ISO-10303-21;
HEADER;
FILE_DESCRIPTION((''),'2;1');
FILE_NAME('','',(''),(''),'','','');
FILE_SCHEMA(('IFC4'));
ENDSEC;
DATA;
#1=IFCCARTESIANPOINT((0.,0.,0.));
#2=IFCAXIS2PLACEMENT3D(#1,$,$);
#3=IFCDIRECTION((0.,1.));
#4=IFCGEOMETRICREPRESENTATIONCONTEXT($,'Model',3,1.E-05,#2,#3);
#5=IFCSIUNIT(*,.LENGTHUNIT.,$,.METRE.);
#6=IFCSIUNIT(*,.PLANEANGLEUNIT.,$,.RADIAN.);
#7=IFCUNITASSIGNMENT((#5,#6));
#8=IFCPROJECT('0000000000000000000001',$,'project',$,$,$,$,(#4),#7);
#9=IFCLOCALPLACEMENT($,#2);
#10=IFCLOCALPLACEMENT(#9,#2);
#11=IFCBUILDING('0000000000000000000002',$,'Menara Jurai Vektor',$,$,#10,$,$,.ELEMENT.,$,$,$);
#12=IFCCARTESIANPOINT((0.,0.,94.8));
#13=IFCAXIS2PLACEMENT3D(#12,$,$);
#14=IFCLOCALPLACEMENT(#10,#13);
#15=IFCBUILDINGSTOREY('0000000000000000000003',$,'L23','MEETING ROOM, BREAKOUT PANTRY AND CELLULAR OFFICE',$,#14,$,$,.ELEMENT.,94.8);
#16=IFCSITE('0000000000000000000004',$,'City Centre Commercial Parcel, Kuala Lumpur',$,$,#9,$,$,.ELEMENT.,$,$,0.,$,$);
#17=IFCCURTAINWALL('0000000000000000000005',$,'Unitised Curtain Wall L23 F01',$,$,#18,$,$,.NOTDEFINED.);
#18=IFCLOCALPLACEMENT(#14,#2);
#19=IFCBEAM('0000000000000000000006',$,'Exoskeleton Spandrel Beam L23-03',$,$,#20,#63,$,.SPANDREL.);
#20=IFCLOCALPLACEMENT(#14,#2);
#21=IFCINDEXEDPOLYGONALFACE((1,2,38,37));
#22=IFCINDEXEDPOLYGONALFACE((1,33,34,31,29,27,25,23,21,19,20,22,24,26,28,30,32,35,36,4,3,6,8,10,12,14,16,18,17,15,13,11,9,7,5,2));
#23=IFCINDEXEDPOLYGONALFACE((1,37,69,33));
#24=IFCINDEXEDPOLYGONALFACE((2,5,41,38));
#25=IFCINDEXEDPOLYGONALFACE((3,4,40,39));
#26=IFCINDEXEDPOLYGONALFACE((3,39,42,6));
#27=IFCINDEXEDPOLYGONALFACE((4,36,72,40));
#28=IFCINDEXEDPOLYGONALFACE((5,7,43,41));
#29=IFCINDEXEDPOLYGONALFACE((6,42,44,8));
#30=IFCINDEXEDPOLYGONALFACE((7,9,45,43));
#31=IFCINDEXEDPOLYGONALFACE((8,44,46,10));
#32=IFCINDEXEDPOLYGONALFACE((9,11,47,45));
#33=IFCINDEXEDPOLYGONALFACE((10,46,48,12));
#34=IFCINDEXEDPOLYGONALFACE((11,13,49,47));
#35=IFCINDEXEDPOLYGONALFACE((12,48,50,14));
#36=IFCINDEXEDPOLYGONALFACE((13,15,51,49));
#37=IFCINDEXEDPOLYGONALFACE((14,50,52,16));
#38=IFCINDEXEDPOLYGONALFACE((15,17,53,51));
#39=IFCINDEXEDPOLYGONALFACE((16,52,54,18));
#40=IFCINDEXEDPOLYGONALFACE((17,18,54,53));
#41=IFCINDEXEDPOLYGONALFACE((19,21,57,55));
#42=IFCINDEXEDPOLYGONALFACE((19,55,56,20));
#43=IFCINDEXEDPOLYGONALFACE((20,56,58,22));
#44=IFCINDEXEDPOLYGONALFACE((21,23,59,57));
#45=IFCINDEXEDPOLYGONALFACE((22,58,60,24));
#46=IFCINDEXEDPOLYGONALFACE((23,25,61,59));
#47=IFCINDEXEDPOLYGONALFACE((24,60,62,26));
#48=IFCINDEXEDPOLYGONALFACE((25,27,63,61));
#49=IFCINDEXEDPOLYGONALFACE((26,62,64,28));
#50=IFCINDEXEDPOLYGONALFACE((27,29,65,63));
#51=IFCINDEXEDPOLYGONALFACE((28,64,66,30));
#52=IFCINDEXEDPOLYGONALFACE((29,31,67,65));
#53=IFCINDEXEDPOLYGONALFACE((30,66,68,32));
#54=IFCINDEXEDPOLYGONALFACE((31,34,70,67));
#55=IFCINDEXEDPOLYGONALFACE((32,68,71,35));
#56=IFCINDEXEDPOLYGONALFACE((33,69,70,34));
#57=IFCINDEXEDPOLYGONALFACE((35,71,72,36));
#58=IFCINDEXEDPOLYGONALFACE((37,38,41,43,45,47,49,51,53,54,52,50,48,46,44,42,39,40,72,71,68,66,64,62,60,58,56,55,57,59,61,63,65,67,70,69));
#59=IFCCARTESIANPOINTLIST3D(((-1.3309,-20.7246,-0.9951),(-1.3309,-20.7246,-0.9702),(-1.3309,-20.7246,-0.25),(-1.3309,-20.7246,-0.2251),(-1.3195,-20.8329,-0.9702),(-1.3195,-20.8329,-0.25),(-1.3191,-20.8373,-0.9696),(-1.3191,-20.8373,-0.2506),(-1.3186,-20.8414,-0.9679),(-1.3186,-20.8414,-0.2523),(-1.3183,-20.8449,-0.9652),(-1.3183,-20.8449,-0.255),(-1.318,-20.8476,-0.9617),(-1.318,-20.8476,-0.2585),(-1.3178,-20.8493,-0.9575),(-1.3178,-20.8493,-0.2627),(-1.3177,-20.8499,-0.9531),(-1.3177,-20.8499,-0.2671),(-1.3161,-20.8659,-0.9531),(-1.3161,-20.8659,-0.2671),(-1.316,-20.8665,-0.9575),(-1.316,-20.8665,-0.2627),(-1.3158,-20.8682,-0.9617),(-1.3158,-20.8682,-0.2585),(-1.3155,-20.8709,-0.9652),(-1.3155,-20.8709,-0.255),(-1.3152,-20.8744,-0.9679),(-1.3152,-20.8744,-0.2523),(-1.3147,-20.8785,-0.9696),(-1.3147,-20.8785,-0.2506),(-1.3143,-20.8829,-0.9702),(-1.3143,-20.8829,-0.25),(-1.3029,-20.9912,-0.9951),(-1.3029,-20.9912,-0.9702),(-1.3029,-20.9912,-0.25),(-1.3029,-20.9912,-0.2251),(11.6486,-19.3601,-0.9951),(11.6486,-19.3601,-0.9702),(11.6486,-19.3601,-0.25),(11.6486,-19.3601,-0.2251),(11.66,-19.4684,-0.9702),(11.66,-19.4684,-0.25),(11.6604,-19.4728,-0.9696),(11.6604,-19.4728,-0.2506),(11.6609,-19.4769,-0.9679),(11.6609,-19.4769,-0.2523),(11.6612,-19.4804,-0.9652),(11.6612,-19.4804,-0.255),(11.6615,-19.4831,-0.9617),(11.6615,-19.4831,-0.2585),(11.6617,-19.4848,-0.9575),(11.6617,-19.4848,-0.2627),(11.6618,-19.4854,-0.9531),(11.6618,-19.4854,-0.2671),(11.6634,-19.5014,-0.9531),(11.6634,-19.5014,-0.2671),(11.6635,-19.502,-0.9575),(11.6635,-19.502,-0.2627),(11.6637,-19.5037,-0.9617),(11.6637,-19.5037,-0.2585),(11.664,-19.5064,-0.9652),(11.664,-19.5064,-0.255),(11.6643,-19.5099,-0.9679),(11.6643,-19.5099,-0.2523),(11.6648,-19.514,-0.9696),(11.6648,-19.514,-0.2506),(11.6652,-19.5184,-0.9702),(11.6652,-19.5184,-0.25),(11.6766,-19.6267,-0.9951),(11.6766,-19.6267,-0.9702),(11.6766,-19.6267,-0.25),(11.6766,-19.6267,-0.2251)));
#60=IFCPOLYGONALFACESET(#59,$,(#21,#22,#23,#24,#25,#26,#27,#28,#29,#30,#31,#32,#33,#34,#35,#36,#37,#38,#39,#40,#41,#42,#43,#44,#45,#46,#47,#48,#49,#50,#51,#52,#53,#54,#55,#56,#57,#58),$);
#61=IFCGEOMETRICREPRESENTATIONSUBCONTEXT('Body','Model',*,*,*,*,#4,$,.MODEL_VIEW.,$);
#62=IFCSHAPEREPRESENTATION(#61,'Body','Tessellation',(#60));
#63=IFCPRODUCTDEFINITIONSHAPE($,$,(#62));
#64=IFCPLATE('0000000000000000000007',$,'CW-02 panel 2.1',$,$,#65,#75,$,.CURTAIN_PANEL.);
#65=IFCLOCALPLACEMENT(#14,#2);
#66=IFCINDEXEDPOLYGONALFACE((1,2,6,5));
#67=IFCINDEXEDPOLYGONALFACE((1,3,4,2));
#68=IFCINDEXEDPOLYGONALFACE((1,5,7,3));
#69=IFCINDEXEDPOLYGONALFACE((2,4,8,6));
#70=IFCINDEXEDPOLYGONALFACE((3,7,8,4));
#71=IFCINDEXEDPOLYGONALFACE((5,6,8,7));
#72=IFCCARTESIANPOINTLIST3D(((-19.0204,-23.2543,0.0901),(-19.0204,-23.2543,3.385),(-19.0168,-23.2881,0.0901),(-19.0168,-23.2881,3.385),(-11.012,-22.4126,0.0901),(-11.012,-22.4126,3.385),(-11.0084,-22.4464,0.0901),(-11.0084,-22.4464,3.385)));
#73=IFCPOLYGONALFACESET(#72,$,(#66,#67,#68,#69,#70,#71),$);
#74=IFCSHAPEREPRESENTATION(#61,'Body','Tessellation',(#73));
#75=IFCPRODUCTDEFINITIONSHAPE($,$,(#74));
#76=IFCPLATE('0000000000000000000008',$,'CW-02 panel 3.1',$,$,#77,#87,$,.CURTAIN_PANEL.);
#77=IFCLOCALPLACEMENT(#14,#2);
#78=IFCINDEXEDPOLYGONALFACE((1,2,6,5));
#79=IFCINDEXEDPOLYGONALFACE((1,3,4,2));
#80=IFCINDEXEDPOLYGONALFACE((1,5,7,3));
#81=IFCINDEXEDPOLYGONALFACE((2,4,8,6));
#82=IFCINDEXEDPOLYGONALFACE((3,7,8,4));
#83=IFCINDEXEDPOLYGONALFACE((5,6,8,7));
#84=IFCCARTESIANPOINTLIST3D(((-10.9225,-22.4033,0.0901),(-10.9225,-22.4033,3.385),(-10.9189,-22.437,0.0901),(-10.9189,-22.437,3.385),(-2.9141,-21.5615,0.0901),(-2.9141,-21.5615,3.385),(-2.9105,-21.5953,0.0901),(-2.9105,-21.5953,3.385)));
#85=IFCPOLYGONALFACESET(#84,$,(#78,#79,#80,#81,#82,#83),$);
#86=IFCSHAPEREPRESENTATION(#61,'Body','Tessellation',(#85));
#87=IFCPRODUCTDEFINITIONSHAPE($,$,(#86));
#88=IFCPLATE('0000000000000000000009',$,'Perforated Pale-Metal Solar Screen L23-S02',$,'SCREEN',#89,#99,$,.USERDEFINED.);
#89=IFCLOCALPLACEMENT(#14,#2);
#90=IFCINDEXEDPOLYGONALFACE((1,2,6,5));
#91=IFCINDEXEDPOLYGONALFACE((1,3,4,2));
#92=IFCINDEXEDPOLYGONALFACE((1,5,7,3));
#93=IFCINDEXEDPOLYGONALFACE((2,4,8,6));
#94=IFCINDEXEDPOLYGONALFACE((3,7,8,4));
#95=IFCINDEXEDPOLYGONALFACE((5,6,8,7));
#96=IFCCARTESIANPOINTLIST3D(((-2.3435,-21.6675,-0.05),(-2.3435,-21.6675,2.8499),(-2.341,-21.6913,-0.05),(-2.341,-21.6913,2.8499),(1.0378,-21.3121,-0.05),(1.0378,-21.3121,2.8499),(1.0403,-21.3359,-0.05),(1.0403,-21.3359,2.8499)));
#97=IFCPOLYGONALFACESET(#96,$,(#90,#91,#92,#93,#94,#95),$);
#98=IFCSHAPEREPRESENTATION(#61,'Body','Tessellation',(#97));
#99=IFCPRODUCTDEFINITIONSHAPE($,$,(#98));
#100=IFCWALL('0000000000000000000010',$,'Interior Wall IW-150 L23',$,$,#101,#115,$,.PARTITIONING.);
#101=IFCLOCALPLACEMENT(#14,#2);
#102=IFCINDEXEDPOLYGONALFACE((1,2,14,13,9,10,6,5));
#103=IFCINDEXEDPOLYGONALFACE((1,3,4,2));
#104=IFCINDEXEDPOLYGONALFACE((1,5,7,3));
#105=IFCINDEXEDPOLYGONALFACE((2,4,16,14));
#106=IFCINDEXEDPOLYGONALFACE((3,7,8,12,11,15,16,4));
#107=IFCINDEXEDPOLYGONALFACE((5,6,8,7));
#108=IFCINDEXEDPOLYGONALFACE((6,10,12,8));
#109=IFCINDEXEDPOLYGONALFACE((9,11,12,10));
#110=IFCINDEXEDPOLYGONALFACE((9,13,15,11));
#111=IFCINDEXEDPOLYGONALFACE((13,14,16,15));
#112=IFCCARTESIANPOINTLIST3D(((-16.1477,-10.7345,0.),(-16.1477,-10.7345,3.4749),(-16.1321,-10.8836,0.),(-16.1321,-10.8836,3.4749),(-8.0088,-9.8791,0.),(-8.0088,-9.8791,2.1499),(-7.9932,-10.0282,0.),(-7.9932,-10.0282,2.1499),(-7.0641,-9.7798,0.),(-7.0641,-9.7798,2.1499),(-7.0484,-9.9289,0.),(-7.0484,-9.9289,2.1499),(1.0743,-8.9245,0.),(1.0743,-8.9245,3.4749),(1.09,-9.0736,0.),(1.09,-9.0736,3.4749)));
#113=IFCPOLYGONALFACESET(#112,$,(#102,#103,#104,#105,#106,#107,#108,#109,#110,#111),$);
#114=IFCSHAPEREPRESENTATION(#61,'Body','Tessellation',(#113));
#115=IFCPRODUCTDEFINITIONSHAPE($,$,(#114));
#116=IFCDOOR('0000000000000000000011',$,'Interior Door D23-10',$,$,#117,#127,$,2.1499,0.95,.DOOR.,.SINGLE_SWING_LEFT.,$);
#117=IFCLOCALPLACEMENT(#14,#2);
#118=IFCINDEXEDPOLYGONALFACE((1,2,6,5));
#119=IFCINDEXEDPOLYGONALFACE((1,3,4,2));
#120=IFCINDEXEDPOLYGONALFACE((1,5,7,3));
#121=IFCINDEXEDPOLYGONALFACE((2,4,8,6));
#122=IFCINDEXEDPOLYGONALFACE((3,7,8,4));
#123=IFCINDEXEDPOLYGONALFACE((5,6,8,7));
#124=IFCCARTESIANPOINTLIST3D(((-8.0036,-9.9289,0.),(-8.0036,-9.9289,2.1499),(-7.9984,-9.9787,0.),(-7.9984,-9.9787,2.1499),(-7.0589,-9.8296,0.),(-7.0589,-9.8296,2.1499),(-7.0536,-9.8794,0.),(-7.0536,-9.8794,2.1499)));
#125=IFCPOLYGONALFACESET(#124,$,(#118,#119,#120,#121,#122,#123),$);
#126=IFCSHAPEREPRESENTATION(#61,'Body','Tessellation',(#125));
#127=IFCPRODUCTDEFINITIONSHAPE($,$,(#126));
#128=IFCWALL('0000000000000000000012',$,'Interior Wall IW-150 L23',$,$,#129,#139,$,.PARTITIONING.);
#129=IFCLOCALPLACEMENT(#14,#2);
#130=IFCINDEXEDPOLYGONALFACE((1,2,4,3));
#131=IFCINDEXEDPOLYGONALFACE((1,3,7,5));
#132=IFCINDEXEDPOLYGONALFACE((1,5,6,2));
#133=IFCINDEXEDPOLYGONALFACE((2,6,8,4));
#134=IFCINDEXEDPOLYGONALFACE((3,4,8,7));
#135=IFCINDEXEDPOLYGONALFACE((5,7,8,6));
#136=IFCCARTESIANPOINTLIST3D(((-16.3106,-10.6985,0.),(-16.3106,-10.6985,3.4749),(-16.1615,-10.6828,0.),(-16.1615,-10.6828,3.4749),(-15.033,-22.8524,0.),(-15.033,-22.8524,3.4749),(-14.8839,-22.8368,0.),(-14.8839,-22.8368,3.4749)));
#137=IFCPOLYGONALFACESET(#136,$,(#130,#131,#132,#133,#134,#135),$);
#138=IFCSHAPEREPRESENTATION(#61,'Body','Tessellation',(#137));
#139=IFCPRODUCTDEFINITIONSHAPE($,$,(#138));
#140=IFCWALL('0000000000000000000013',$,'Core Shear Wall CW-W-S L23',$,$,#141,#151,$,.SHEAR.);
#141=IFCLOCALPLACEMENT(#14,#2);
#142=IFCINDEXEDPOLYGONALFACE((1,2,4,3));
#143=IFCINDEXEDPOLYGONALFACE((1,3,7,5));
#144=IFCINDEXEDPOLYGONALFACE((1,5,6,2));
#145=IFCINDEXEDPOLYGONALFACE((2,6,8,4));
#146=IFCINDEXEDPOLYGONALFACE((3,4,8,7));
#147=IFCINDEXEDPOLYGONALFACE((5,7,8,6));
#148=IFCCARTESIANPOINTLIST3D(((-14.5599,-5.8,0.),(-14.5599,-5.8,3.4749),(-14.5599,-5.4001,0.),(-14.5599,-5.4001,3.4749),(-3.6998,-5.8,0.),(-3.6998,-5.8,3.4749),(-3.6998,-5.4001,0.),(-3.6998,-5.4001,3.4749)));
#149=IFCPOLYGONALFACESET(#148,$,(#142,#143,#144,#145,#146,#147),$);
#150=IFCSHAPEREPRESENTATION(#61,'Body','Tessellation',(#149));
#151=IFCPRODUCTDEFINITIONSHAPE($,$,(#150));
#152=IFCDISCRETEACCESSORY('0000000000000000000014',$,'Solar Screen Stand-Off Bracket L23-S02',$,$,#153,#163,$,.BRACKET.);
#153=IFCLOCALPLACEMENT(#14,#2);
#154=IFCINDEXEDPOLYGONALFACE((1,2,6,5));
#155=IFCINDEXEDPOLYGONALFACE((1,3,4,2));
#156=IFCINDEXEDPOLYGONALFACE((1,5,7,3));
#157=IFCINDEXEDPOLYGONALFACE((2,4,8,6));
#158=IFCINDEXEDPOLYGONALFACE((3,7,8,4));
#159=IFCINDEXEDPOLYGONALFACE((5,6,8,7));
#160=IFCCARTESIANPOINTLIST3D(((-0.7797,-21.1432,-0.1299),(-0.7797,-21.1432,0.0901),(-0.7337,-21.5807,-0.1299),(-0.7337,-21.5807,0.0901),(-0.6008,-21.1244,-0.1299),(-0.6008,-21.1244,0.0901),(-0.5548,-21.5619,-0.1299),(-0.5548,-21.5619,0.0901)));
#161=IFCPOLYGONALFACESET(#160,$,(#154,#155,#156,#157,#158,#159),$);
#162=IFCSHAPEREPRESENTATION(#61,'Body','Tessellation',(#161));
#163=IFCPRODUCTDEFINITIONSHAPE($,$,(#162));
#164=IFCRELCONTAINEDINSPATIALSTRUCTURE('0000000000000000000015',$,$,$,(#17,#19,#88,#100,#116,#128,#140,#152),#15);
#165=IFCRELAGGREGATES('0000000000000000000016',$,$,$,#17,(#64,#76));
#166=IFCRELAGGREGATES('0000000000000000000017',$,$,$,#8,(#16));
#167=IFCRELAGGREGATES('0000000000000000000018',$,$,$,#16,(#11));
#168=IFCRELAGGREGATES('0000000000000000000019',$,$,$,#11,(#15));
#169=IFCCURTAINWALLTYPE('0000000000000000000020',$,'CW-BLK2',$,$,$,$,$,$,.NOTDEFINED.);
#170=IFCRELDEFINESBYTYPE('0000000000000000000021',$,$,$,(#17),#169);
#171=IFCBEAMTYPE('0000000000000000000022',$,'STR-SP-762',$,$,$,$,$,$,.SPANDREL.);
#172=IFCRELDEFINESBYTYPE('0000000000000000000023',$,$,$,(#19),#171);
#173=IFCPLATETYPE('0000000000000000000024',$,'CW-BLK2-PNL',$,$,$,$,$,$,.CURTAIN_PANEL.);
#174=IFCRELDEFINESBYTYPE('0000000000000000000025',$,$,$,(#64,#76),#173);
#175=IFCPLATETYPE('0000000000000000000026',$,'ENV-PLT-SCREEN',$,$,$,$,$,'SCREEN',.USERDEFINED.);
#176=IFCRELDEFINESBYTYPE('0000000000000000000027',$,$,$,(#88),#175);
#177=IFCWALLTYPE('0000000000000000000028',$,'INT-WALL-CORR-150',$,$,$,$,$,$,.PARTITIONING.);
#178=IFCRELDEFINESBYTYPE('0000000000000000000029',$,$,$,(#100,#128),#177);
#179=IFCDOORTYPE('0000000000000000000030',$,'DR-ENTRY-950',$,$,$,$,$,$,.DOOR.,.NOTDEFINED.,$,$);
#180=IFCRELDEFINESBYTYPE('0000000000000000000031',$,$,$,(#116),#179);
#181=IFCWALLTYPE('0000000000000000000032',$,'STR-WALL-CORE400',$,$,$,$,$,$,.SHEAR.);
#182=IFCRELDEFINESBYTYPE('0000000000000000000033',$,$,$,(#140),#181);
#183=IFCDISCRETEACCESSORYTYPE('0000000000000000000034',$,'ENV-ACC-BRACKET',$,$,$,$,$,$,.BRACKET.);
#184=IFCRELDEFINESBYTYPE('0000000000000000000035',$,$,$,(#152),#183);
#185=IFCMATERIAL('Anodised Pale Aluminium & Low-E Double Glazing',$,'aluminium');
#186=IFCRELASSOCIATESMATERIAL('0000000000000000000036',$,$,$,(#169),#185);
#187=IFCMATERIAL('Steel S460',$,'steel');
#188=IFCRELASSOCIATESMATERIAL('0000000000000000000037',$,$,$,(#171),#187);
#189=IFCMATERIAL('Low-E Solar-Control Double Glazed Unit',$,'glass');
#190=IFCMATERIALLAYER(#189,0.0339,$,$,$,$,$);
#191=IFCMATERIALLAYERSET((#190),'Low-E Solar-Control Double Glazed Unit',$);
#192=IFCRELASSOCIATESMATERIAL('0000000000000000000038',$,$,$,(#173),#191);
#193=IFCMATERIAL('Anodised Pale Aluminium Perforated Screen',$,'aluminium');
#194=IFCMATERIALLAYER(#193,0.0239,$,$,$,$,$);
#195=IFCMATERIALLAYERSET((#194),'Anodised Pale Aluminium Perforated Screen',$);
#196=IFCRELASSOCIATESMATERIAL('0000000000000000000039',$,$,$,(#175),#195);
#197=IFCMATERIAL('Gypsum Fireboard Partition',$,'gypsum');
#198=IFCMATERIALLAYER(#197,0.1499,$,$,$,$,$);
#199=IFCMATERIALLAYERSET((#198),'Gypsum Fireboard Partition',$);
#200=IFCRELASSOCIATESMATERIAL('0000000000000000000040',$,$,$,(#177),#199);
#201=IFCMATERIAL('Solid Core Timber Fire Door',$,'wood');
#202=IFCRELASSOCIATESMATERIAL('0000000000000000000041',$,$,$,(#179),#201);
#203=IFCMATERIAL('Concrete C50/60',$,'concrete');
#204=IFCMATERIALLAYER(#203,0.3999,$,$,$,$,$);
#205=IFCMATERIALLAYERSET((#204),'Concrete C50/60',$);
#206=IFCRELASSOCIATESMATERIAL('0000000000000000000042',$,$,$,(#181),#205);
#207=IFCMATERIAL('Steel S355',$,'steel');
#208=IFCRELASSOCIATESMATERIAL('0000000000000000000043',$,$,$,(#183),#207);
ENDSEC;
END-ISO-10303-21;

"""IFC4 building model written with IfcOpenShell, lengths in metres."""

from ifc_helpers import new_model, si_unit, direction, frame, frame_2d, origin, origin_2d, place, context, subcontext, project, spatial, rectangle, i_section, extrude, material, layer, layer_set, material_profile, profile_set, type_object, element, fill, aggregate, save


model = new_model("IFC4")

# Units and contexts
model_context = context("Model", 3, precision=1e-05, world=origin(), true_north=direction((0.0, 1.0)))
body_context = subcontext(model_context, "Body", "Model", "MODEL_VIEW")
ifc_project = project(units=[si_unit("LENGTHUNIT", "METRE"), si_unit("PLANEANGLEUNIT", "RADIAN")], contexts=[model_context])

# Site, building, storey
site_placement = place(None, origin())
site = spatial("IfcSite", under=ifc_project, at=site_placement, Name="City Centre Commercial Parcel, Kuala Lumpur", CompositionType="ELEMENT", RefElevation=0.0)
building_placement = place(site_placement, origin())
building = spatial("IfcBuilding", under=site, at=building_placement, Name="Menara Jurai Vektor", CompositionType="ELEMENT")
storey_placement = place(building_placement, frame((0.0, 0.0, 94.8)))
storey = spatial("IfcBuildingStorey", under=building, at=storey_placement, Name="L23", Description="MEETING ROOM, BREAKOUT PANTRY AND CELLULAR OFFICE", CompositionType="ELEMENT", Elevation=94.8)

# Shared definitions
ifc_material_1 = material(Name="Concrete C50/60", Category="concrete")
ifc_material_2 = material(Name="Steel S460", Category="steel")

# Curtain wall
ifc_material_3 = material(Name="Anodised Pale Aluminium & Low-E Double Glazing", Category="aluminium")
curtain_wall_type = type_object("IfcCurtainWallType", Name="CW-BLK2", PredefinedType="NOTDEFINED", material=ifc_material_3)
curtain_wall_placement = place(storey_placement, origin())
curtain_wall = element("IfcCurtainWall", 1, at=curtain_wall_placement, inside=storey, type_object=curtain_wall_type, Name="Unitised Curtain Wall L23 F01", PredefinedType="NOTDEFINED")

# Beam
ifc_material_4 = material(Name="Steel S355", Category="steel")
ifc_material_profile_1 = material_profile(ifc_material_2, i_section(OverallWidth=0.2681, OverallDepth=0.77, WebThickness=0.0161, FlangeThickness=0.0249, FilletRadius=0.0171, at=origin_2d()), Name="UKB 762x267x197")
ifc_profile_set_1 = profile_set([ifc_material_profile_1], Name="Steel S460")
beam_type_1 = type_object("IfcBeamType", Name="STR-SP-762", PredefinedType="SPANDREL", material=ifc_profile_set_1)
beam_1_placement = place(storey_placement, frame((-1.3169, -20.8579, -0.6101), z_axis=(0.994519, 0.104551, 0.0), x_axis=(-0.104551, 0.994519, 0.0)))
element("IfcBeam", 2, at=beam_1_placement, inside=storey, type_object=beam_type_1, Name="Exoskeleton Spandrel Beam L23-03", PredefinedType="SPANDREL", context=body_context, shape_type="SweptSolid", body=[
    extrude(i_section(OverallWidth=0.2681, OverallDepth=0.77, WebThickness=0.0161, FlangeThickness=0.0249, FilletRadius=0.0171, at=origin_2d()), origin(), (0.0, 0.0, 1.0), 13.051),
])

# Plates
ifc_material_5 = material(Name="Low-E Solar-Control Double Glazed Unit", Category="glass")
ifc_layer_1 = layer(ifc_material_5, 0.0339)
ifc_layer_set_1 = layer_set([ifc_layer_1], Name="Low-E Solar-Control Double Glazed Unit")
plate_type_1 = type_object("IfcPlateType", Name="CW-BLK2-PNL", PredefinedType="CURTAIN_PANEL", material=ifc_layer_set_1)
plate_1_placement = place(storey_placement, frame((-15.0144, -22.8503, 0.0901), z_axis=(0.0, 0.0, 1.0), x_axis=(0.994522, 0.104529, 0.0)))
plate_1 = element("IfcPlate", 3, at=plate_1_placement, type_object=plate_type_1, Name="CW-02 panel 2.1", PredefinedType="CURTAIN_PANEL", context=body_context, shape_type="SweptSolid", body=[
    extrude(rectangle(XDim=8.0525, YDim=0.0339, at=origin_2d()), origin(), (0.0, 0.0, 1.0), 3.2949),
])
plate_2_placement = place(storey_placement, frame((-6.9165, -21.9993, 0.0901), z_axis=(0.0, 0.0, 1.0), x_axis=(0.994522, 0.104529, 0.0)))
plate_2 = element("IfcPlate", 4, at=plate_2_placement, type_object=plate_type_1, Name="CW-02 panel 3.1", PredefinedType="CURTAIN_PANEL", context=body_context, shape_type="SweptSolid", body=[
    extrude(rectangle(XDim=8.0525, YDim=0.0339, at=origin_2d()), origin(), (0.0, 0.0, 1.0), 3.2949),
])
aggregate(curtain_wall, [plate_1, plate_2])
ifc_material_6 = material(Name="Anodised Pale Aluminium Perforated Screen", Category="aluminium")
ifc_layer_2 = layer(ifc_material_6, 0.0239)
ifc_layer_set_2 = layer_set([ifc_layer_2], Name="Anodised Pale Aluminium Perforated Screen")
plate_type_2 = type_object("IfcPlateType", Name="ENV-PLT-SCREEN", ElementType="SCREEN", PredefinedType="USERDEFINED", material=ifc_layer_set_2)
plate_3_placement = place(storey_placement, frame((-0.6516, -21.5017, -0.05), z_axis=(0.0, 0.0, 1.0), x_axis=(0.994522, 0.104528, 0.0)))
element("IfcPlate", 5, at=plate_3_placement, inside=storey, type_object=plate_type_2, Name="Perforated Pale-Metal Solar Screen L23-S02", ObjectType="SCREEN", PredefinedType="USERDEFINED", context=body_context, shape_type="SweptSolid", body=[
    extrude(rectangle(XDim=3.3999, YDim=0.0239, at=origin_2d()), origin(), (0.0, 0.0, 1.0), 2.8999),
])

# Wall, opening, door
ifc_material_7 = material(Name="Gypsum Fireboard Partition", Category="gypsum")
ifc_layer_3 = layer(ifc_material_7, 0.1499)
ifc_layer_set_3 = layer_set([ifc_layer_3], Name="Gypsum Fireboard Partition")
wall_type_1 = type_object("IfcWallType", Name="INT-WALL-CORR-150", PredefinedType="PARTITIONING", material=ifc_layer_set_3)
wall_1_placement = place(storey_placement, frame((-16.1399, -10.8091, 0.0), z_axis=(0.0, 0.0, 1.0), x_axis=(0.994522, 0.104526, 0.0)))
wall_1 = element("IfcWall", 6, at=wall_1_placement, inside=storey, type_object=wall_type_1, Name="Interior Wall IW-150 L23", PredefinedType="PARTITIONING", context=body_context, shape_type="SweptSolid", body=[
    extrude(rectangle(XDim=17.3169, YDim=0.1499, at=frame_2d((8.6584, 0.0))), origin(), (0.0, 0.0, 1.0), 3.4749),
])
opening_placement = place(wall_1_placement, frame((8.1836, 0.0, 0.0)))
opening = element("IfcOpeningElement", 7, at=opening_placement, cuts=wall_1, PredefinedType="OPENING", context=body_context, shape_type="SweptSolid", body=[
    extrude(rectangle(XDim=0.95, YDim=2.1499, at=frame_2d((0.4751, 1.075))), frame((0.0, 0.085, 0.0), z_axis=(0.0, -1.0, 0.0), x_axis=(1.0, 0.0, 0.0)), (0.0, 0.0, 1.0), 0.1699),
])
ifc_material_8 = material(Name="Solid Core Timber Fire Door", Category="wood")
door_type = type_object("IfcDoorType", Name="DR-ENTRY-950", OperationType="NOTDEFINED", PredefinedType="DOOR", material=ifc_material_8)
door_placement = place(opening_placement, origin())
door = element("IfcDoor", 8, at=door_placement, inside=storey, type_object=door_type, Name="Interior Door D23-10", OperationType="SINGLE_SWING_LEFT", OverallHeight=2.1499, OverallWidth=0.95, PredefinedType="DOOR", context=body_context, shape_type="SweptSolid", body=[
    extrude(rectangle(XDim=0.95, YDim=2.1499, at=frame_2d((0.4751, 1.075))), frame((0.0, 0.0249, 0.0), z_axis=(0.0, -1.0, 0.0), x_axis=(1.0, 0.0, 0.0)), (0.0, 0.0, 1.0), 0.05),
])
fill(opening, door)

# Walls
wall_2_placement = place(storey_placement, frame((-14.9585, -22.8445, 0.0), z_axis=(0.0, 0.0, 1.0), x_axis=(-0.10454, 0.994521, 0.0)))
element("IfcWall", 9, at=wall_2_placement, inside=storey, type_object=wall_type_1, Name="Interior Wall IW-150 L23", PredefinedType="PARTITIONING", context=body_context, shape_type="SweptSolid", body=[
    extrude(rectangle(XDim=12.2209, YDim=0.1499, at=frame_2d((6.1104, 0.0))), origin(), (0.0, 0.0, 1.0), 3.4749),
])
ifc_layer_4 = layer(ifc_material_1, 0.3999)
ifc_layer_set_4 = layer_set([ifc_layer_4], Name="Concrete C50/60")
wall_type_2 = type_object("IfcWallType", Name="STR-WALL-CORE400", PredefinedType="SHEAR", material=ifc_layer_set_4)
wall_3_placement = place(storey_placement, frame((-14.5601, -5.6001, 0.0), z_axis=(0.0, 0.0, 1.0), x_axis=(1.0, 0.0, 0.0)))
element("IfcWall", 10, at=wall_3_placement, inside=storey, type_object=wall_type_2, Name="Core Shear Wall CW-W-S L23", PredefinedType="SHEAR", context=body_context, shape_type="SweptSolid", body=[
    extrude(rectangle(XDim=10.8601, YDim=0.3999, at=frame_2d((5.4302, 0.0))), origin(), (0.0, 0.0, 1.0), 3.4749),
])

# Discrete accessory
discrete_accessory_type = type_object("IfcDiscreteAccessoryType", Name="ENV-ACC-BRACKET", PredefinedType="BRACKET", material=ifc_material_4)
discrete_accessory_placement = place(storey_placement, frame((-0.6672, -21.3525, -0.1299), z_axis=(0.0, 0.0, 1.0), x_axis=(0.994522, 0.104528, 0.0)))
element("IfcDiscreteAccessory", 11, at=discrete_accessory_placement, inside=storey, type_object=discrete_accessory_type, Name="Solar Screen Stand-Off Bracket L23-S02", PredefinedType="BRACKET", context=body_context, shape_type="SweptSolid", body=[
    extrude(rectangle(XDim=0.1799, YDim=0.4399, at=origin_2d()), origin(), (0.0, 0.0, 1.0), 0.22),
])

save(model, "model.ifc")
